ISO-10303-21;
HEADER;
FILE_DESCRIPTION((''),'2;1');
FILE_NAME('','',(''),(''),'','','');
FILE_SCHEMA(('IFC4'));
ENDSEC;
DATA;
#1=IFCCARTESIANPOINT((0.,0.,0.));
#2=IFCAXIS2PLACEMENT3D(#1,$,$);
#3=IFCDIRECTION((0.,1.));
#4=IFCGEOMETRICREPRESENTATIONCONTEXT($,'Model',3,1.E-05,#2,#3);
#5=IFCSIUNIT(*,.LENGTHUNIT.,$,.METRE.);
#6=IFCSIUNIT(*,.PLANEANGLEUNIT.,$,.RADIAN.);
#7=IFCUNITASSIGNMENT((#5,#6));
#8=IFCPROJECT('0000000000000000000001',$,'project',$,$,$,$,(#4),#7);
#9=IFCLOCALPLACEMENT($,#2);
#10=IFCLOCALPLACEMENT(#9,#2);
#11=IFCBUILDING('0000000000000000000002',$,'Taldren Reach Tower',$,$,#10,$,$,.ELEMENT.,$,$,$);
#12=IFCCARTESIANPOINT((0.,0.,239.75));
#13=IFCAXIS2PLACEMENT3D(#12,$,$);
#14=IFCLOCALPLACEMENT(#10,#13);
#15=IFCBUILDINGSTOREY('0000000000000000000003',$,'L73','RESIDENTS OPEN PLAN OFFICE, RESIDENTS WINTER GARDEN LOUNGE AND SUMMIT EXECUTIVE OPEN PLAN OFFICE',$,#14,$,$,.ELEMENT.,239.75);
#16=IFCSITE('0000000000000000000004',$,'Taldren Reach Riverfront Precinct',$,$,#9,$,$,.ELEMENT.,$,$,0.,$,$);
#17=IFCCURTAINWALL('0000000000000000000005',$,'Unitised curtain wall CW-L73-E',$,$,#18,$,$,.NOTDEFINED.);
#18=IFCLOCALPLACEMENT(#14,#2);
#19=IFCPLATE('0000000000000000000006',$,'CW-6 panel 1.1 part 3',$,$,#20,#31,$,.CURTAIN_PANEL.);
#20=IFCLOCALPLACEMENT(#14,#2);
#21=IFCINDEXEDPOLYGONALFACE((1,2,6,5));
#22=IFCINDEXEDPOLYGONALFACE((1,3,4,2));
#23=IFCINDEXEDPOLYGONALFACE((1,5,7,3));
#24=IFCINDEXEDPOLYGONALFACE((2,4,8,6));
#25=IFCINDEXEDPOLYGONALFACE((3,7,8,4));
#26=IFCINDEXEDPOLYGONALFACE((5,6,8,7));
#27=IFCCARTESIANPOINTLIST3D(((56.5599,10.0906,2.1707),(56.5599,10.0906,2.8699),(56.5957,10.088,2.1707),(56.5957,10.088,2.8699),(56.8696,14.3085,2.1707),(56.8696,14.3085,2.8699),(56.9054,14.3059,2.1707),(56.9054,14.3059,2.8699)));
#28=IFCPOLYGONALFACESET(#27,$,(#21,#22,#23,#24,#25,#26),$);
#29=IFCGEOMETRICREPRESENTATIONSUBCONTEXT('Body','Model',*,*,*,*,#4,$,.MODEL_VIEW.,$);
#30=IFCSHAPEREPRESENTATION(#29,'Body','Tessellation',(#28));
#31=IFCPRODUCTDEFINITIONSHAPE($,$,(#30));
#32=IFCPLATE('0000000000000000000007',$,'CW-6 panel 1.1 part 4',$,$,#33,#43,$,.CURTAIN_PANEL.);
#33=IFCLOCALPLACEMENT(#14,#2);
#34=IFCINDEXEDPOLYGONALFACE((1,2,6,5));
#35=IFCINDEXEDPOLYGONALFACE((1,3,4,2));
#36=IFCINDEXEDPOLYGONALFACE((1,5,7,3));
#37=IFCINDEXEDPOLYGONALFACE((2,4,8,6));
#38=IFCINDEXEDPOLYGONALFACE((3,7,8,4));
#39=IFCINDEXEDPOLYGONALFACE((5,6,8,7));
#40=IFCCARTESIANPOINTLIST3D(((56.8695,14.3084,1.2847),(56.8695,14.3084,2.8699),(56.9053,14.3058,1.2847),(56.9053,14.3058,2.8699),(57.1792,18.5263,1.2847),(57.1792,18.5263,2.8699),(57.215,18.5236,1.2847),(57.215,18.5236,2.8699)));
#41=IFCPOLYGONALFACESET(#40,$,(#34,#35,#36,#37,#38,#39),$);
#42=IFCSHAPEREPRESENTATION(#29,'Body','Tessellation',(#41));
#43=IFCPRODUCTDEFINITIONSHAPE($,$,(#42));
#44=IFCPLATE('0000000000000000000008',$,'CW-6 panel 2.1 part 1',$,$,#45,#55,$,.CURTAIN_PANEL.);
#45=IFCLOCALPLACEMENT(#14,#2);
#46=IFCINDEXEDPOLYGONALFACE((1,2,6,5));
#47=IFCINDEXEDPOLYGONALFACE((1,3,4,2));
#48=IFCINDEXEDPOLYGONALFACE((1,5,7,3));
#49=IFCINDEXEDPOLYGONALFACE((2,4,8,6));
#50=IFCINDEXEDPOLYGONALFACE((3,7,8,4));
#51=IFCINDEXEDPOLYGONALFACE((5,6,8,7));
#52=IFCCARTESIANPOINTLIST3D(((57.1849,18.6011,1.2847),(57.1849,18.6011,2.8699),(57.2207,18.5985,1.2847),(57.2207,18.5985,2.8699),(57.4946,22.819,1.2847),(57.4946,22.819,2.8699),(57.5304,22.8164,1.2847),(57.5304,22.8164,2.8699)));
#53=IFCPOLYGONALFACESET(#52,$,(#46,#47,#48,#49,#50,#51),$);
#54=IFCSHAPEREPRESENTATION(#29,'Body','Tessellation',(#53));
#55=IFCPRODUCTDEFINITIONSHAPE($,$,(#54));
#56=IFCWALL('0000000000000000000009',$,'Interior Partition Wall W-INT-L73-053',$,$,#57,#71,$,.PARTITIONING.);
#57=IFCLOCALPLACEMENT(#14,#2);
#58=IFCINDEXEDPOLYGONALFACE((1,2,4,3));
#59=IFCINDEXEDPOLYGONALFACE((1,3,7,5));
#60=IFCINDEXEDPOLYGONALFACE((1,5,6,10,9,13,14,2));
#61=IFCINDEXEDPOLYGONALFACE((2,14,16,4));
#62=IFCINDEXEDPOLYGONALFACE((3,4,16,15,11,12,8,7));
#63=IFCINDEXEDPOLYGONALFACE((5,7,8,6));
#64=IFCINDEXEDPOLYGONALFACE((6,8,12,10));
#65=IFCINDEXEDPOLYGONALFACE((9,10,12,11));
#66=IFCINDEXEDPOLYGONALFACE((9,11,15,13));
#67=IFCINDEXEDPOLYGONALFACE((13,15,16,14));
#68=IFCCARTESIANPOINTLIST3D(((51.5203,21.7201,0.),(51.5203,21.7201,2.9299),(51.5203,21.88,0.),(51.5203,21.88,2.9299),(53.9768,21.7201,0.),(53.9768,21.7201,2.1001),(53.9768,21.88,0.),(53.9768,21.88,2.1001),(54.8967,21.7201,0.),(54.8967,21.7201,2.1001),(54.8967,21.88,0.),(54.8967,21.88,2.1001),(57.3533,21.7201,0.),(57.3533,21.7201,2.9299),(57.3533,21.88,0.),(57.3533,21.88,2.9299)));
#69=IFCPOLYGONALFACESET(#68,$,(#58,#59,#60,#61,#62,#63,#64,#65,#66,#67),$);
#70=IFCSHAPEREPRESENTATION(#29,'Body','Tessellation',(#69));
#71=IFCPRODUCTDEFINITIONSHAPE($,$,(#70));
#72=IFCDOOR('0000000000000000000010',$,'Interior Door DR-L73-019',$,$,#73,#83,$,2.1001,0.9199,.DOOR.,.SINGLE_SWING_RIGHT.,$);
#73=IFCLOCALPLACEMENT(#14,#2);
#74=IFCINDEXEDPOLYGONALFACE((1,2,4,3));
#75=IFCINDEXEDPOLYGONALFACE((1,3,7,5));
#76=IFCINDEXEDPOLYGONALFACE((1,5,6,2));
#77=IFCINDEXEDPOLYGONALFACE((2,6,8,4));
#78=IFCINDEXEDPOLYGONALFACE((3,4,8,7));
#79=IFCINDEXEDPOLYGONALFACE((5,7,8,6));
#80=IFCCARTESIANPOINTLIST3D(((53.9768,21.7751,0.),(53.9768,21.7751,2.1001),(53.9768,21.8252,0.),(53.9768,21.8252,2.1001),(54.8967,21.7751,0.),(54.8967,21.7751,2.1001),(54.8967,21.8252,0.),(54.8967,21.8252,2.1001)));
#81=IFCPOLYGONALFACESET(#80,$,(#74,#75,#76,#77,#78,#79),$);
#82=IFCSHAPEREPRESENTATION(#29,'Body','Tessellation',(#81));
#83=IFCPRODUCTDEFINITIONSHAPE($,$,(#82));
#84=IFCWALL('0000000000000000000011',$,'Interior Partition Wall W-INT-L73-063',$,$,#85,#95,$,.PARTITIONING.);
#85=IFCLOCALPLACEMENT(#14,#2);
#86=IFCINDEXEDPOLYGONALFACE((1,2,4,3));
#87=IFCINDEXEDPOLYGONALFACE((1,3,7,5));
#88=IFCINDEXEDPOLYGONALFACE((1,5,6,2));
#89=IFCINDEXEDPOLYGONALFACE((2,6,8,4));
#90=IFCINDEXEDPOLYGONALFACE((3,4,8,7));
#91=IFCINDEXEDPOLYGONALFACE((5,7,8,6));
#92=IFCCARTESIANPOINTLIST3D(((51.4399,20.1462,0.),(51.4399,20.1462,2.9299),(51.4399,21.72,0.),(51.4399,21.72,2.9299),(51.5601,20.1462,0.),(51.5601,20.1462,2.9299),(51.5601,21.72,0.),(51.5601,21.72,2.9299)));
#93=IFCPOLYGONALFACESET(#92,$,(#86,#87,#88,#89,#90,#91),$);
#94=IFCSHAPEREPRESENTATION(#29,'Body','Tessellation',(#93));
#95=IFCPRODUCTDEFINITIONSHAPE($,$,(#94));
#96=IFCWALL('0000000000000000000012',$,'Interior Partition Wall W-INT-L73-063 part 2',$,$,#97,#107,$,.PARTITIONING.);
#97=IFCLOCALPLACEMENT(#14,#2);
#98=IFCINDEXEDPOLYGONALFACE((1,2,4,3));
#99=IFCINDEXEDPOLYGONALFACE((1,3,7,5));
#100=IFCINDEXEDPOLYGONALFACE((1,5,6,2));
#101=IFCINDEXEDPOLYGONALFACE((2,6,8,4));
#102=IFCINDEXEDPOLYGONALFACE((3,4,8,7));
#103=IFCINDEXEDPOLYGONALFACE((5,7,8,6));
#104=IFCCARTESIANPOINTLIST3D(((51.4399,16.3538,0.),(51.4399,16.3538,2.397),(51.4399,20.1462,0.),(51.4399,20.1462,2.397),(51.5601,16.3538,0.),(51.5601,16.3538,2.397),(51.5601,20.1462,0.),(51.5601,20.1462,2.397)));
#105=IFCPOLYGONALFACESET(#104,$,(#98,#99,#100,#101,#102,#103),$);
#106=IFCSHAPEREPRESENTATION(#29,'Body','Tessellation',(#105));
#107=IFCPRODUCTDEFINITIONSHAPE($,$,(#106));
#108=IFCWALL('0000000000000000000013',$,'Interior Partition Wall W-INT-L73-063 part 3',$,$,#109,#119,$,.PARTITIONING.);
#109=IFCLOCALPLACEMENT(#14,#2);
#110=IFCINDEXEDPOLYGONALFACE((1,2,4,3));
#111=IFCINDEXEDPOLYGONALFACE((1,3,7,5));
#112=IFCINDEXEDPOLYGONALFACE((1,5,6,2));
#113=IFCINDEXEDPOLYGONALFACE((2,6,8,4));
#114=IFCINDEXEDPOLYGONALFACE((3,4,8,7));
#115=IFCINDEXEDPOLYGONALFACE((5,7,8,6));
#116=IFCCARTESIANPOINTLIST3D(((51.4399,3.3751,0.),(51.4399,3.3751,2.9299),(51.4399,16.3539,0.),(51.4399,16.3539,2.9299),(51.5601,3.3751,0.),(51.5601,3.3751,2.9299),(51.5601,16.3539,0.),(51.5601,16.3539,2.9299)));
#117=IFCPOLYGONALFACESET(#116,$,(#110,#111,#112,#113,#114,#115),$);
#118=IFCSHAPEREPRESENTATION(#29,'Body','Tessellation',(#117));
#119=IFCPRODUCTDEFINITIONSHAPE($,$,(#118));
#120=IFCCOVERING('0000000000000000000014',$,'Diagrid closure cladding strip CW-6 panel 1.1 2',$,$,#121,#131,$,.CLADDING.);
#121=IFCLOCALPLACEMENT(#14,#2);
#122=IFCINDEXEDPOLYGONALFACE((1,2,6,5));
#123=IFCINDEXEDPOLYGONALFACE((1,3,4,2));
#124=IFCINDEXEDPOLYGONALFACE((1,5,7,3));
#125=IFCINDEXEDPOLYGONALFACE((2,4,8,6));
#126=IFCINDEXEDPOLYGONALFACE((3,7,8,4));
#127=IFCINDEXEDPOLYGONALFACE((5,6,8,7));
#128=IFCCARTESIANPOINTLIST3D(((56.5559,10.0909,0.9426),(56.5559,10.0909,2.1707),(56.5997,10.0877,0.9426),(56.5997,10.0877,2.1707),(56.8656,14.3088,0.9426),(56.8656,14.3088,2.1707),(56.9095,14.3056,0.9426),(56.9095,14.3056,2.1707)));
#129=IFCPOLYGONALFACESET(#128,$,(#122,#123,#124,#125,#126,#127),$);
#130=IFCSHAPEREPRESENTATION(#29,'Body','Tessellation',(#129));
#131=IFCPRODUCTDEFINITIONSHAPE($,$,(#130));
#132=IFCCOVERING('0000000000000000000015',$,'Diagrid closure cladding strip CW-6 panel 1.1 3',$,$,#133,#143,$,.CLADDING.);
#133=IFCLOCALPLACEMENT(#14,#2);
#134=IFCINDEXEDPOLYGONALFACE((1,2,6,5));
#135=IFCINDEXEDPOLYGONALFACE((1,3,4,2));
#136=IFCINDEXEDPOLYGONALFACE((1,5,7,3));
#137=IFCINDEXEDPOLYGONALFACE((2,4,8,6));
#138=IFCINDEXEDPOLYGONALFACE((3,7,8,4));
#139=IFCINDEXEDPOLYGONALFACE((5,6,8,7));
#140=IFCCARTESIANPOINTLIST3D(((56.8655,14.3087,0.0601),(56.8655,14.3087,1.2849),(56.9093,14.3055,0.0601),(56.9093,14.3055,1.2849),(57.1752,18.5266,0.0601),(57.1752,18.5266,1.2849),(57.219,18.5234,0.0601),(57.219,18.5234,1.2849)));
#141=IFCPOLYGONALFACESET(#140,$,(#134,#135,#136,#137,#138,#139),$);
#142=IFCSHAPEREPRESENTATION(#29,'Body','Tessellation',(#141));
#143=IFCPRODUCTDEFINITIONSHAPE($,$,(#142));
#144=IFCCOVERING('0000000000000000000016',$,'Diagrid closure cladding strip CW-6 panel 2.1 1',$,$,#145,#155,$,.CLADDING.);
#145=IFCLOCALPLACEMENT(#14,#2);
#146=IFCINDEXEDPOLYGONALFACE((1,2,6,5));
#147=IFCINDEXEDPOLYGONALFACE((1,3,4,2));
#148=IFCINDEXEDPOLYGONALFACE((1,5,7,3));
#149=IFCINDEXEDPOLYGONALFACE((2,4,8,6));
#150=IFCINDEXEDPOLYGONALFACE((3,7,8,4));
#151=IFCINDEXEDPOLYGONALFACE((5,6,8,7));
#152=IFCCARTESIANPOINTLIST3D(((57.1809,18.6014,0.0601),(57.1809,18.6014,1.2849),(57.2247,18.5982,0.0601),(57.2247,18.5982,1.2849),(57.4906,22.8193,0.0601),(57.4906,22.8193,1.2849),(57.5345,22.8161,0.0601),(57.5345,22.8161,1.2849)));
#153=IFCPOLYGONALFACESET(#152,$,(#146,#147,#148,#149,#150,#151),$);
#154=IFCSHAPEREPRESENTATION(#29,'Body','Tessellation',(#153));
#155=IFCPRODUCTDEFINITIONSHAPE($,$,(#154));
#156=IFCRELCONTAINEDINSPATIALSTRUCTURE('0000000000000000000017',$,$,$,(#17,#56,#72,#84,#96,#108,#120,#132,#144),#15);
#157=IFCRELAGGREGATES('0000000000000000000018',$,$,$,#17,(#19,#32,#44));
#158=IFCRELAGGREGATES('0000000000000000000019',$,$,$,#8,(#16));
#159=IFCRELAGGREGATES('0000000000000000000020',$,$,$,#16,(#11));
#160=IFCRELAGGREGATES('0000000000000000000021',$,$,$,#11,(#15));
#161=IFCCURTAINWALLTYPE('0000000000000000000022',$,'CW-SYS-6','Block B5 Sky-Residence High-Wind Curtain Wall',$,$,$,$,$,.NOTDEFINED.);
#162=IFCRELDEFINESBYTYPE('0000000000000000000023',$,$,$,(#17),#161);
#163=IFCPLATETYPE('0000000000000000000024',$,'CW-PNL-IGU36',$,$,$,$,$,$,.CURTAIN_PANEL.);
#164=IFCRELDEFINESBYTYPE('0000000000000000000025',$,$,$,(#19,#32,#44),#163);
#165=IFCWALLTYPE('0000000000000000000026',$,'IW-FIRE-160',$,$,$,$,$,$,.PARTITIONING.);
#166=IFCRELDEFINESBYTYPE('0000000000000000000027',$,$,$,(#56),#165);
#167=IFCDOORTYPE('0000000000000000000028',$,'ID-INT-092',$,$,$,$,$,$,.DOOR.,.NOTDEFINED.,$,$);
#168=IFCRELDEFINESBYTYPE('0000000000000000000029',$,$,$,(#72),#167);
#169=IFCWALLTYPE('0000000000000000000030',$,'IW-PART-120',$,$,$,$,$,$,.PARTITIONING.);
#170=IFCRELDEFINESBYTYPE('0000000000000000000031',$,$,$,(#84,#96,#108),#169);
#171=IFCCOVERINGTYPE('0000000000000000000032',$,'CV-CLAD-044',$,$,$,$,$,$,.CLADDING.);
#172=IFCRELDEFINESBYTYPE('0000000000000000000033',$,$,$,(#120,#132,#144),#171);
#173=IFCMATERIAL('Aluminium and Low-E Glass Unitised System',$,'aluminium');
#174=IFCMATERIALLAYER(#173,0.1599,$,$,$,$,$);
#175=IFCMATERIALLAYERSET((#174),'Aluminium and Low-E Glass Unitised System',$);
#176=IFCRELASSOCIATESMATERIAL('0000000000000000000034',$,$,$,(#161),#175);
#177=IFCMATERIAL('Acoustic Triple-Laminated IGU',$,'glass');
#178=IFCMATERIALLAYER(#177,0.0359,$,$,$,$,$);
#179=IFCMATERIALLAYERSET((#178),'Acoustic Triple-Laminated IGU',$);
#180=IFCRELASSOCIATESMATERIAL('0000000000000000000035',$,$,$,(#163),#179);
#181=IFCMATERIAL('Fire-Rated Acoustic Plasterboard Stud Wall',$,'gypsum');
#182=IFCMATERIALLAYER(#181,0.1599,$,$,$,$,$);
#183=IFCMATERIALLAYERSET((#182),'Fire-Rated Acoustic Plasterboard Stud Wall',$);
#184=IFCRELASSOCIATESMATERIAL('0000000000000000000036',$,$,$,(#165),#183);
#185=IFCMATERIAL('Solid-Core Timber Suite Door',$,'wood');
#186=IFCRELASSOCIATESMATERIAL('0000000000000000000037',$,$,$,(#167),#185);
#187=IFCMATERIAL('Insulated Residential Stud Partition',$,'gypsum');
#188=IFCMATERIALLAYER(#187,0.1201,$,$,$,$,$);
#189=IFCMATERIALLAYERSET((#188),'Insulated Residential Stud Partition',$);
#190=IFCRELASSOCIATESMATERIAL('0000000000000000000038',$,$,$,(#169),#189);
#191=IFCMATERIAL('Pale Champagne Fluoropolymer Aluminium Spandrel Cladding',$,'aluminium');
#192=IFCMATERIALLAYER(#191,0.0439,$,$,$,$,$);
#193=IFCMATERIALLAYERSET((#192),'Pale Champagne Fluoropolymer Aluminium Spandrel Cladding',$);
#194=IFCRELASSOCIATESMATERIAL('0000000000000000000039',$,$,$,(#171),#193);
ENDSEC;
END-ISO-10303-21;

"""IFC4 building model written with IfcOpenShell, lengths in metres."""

from ifc_helpers import new_model, si_unit, direction, frame, frame_2d, origin, origin_2d, place, context, subcontext, project, spatial, rectangle, extrude, source, transform, mapped, material, layer, layer_set, type_object, element, fill, aggregate, save


model = new_model("IFC4")

# Units and contexts
model_context = context("Model", 3, precision=1e-05, world=origin(), true_north=direction((0.0, 1.0)))
body_context = subcontext(model_context, "Body", "Model", "MODEL_VIEW")
ifc_project = project(units=[si_unit("LENGTHUNIT", "METRE"), si_unit("PLANEANGLEUNIT", "RADIAN")], contexts=[model_context])

# Site, building, storey
site_placement = place(None, origin())
site = spatial("IfcSite", under=ifc_project, at=site_placement, Name="Taldren Reach Riverfront Precinct", CompositionType="ELEMENT", RefElevation=0.0)
building_placement = place(site_placement, origin())
building = spatial("IfcBuilding", under=site, at=building_placement, Name="Taldren Reach Tower", CompositionType="ELEMENT")
storey_placement = place(building_placement, frame((0.0, 0.0, 239.75)))
storey = spatial("IfcBuildingStorey", under=building, at=storey_placement, Name="L73", Description="RESIDENTS OPEN PLAN OFFICE, RESIDENTS WINTER GARDEN LOUNGE AND SUMMIT EXECUTIVE OPEN PLAN OFFICE", CompositionType="ELEMENT", Elevation=239.75)

# Curtain wall
ifc_material_1 = material(Name="Aluminium and Low-E Glass Unitised System", Category="aluminium")
ifc_layer_1 = layer(ifc_material_1, 0.1599)
ifc_layer_set_1 = layer_set([ifc_layer_1], Name="Aluminium and Low-E Glass Unitised System")
curtain_wall_type = type_object("IfcCurtainWallType", Name="CW-SYS-6", Description="Block B5 Sky-Residence High-Wind Curtain Wall", PredefinedType="NOTDEFINED", material=ifc_layer_set_1)
curtain_wall_placement = place(storey_placement, origin())
curtain_wall = element("IfcCurtainWall", 1, at=curtain_wall_placement, inside=storey, type_object=curtain_wall_type, Name="Unitised curtain wall CW-L73-E", PredefinedType="NOTDEFINED")

# Plates
ifc_material_2 = material(Name="Acoustic Triple-Laminated IGU", Category="glass")
ifc_layer_2 = layer(ifc_material_2, 0.0359)
ifc_layer_set_2 = layer_set([ifc_layer_2], Name="Acoustic Triple-Laminated IGU")
plate_type_1 = type_object("IfcPlateType", Name="CW-PNL-IGU36", PredefinedType="CURTAIN_PANEL", material=ifc_layer_set_2)
shared_shape_1 = source(origin(), body_context, "Body", "SweptSolid", [
    extrude(rectangle(XDim=4.2292, YDim=0.0359, at=origin_2d()), origin(), (0.0, 0.0, 1.0), 0.6992),
])
plate_1_placement = place(storey_placement, frame((56.7327, 12.1982, 2.1707), z_axis=(0.0, 0.0, 1.0), x_axis=(0.073238, 0.997314, 0.0)))
plate_1 = element("IfcPlate", 2, at=plate_1_placement, type_object=plate_type_1, Name="CW-6 panel 1.1 part 3", PredefinedType="CURTAIN_PANEL", context=body_context, shape_type="MappedRepresentation", body=[
    mapped(shared_shape_1, transform((0.0, 0.0, 0.0), scale=1.0)),
])
shared_shape_2 = source(origin(), body_context, "Body", "SweptSolid", [
    extrude(rectangle(XDim=4.2292, YDim=0.0359, at=origin_2d()), origin(), (0.0, 0.0, 1.0), 1.5852),
])
plate_2_placement = place(storey_placement, frame((57.0422, 16.416, 1.2847), z_axis=(0.0, 0.0, 1.0), x_axis=(0.073238, 0.997314, 0.0)))
plate_2 = element("IfcPlate", 3, at=plate_2_placement, type_object=plate_type_1, Name="CW-6 panel 1.1 part 4", PredefinedType="CURTAIN_PANEL", context=body_context, shape_type="MappedRepresentation", body=[
    mapped(shared_shape_2, transform((0.0, 0.0, 0.0), scale=1.0)),
])
plate_3_placement = place(storey_placement, frame((57.3577, 20.7087, 1.2847), z_axis=(0.0, 0.0, 1.0), x_axis=(0.073238, 0.997314, 0.0)))
plate_3 = element("IfcPlate", 4, at=plate_3_placement, type_object=plate_type_1, Name="CW-6 panel 2.1 part 1", PredefinedType="CURTAIN_PANEL", context=body_context, shape_type="MappedRepresentation", body=[
    mapped(shared_shape_2, transform((0.0, 0.0, 0.0), scale=1.0)),
])
aggregate(curtain_wall, [plate_1, plate_2, plate_3])

# Wall, opening, door
ifc_material_3 = material(Name="Fire-Rated Acoustic Plasterboard Stud Wall", Category="gypsum")
ifc_layer_3 = layer(ifc_material_3, 0.1599)
ifc_layer_set_3 = layer_set([ifc_layer_3], Name="Fire-Rated Acoustic Plasterboard Stud Wall")
wall_type_1 = type_object("IfcWallType", Name="IW-FIRE-160", PredefinedType="PARTITIONING", material=ifc_layer_set_3)
shared_shape_3 = source(origin(), body_context, "Body", "SweptSolid", [
    extrude(rectangle(XDim=5.833, YDim=0.1599, at=frame_2d((2.9165, 0.0))), origin(), (0.0, 0.0, 1.0), 2.9299),
])
wall_1_placement = place(storey_placement, frame((57.3533, 21.8, 0.0), z_axis=(0.0, 0.0, 1.0), x_axis=(-1.0, 0.0, 0.0)))
wall_1 = element("IfcWall", 5, at=wall_1_placement, inside=storey, type_object=wall_type_1, Name="Interior Partition Wall W-INT-L73-053", PredefinedType="PARTITIONING", context=body_context, shape_type="MappedRepresentation", body=[
    mapped(shared_shape_3, transform((0.0, 0.0, 0.0), scale=1.0)),
])
shared_shape_4 = source(origin(), body_context, "Body", "SweptSolid", [
    extrude(rectangle(XDim=0.9199, YDim=2.1001, at=frame_2d((0.46, 1.05))), frame((0.0, 0.0898, 0.0), z_axis=(0.0, -1.0, 0.0), x_axis=(1.0, 0.0, 0.0)), (0.0, 0.0, 1.0), 0.1799),
])
opening_placement = place(wall_1_placement, frame((2.4565, 0.0, 0.0)))
opening = element("IfcOpeningElement", 6, at=opening_placement, cuts=wall_1, PredefinedType="OPENING", context=body_context, shape_type="MappedRepresentation", body=[
    mapped(shared_shape_4, transform((0.0, 0.0, 0.0), scale=1.0)),
])
ifc_material_4 = material(Name="Solid-Core Timber Suite Door", Category="wood")
door_type = type_object("IfcDoorType", Name="ID-INT-092", OperationType="NOTDEFINED", PredefinedType="DOOR", material=ifc_material_4)
shared_shape_5 = source(origin(), body_context, "Body", "SweptSolid", [
    extrude(rectangle(XDim=0.9199, YDim=2.1001, at=frame_2d((0.46, 1.05))), frame((0.0, 0.0249, 0.0), z_axis=(0.0, -1.0, 0.0), x_axis=(1.0, 0.0, 0.0)), (0.0, 0.0, 1.0), 0.05),
])
door_placement = place(opening_placement, origin())
door = element("IfcDoor", 7, at=door_placement, inside=storey, type_object=door_type, Name="Interior Door DR-L73-019", OperationType="SINGLE_SWING_RIGHT", OverallHeight=2.1001, OverallWidth=0.9199, PredefinedType="DOOR", context=body_context, shape_type="MappedRepresentation", body=[
    mapped(shared_shape_5, transform((0.0, 0.0, 0.0), scale=1.0)),
])
fill(opening, door)

# Walls
ifc_material_5 = material(Name="Insulated Residential Stud Partition", Category="gypsum")
ifc_layer_4 = layer(ifc_material_5, 0.1201)
ifc_layer_set_4 = layer_set([ifc_layer_4], Name="Insulated Residential Stud Partition")
wall_type_2 = type_object("IfcWallType", Name="IW-PART-120", PredefinedType="PARTITIONING", material=ifc_layer_set_4)
shared_shape_6 = source(origin(), body_context, "Body", "SweptSolid", [
    extrude(rectangle(XDim=1.5737, YDim=0.1201, at=frame_2d((0.7869, 0.0))), origin(), (0.0, 0.0, 1.0), 2.9299),
])
wall_2_placement = place(storey_placement, frame((51.5, 21.72, 0.0), z_axis=(0.0, 0.0, 1.0), x_axis=(0.0, -1.0, 0.0)))
element("IfcWall", 8, at=wall_2_placement, inside=storey, type_object=wall_type_2, Name="Interior Partition Wall W-INT-L73-063", PredefinedType="PARTITIONING", context=body_context, shape_type="MappedRepresentation", body=[
    mapped(shared_shape_6, transform((0.0, 0.0, 0.0), scale=1.0)),
])
shared_shape_7 = source(origin(), body_context, "Body", "SweptSolid", [
    extrude(rectangle(XDim=3.7925, YDim=0.1201, at=frame_2d((1.8962, 0.0))), origin(), (0.0, 0.0, 1.0), 2.397),
])
wall_3_placement = place(storey_placement, frame((51.5, 20.1462, 0.0), z_axis=(0.0, 0.0, 1.0), x_axis=(0.0, -1.0, 0.0)))
element("IfcWall", 9, at=wall_3_placement, inside=storey, type_object=wall_type_2, Name="Interior Partition Wall W-INT-L73-063 part 2", PredefinedType="PARTITIONING", context=body_context, shape_type="MappedRepresentation", body=[
    mapped(shared_shape_7, transform((0.0, 0.0, 0.0), scale=1.0)),
])
shared_shape_8 = source(origin(), body_context, "Body", "SweptSolid", [
    extrude(rectangle(XDim=12.9788, YDim=0.1201, at=frame_2d((6.4893, 0.0))), origin(), (0.0, 0.0, 1.0), 2.9299),
])
wall_4_placement = place(storey_placement, frame((51.5, 16.3538, 0.0), z_axis=(0.0, 0.0, 1.0), x_axis=(0.0, -1.0, 0.0)))
element("IfcWall", 10, at=wall_4_placement, inside=storey, type_object=wall_type_2, Name="Interior Partition Wall W-INT-L73-063 part 3", PredefinedType="PARTITIONING", context=body_context, shape_type="MappedRepresentation", body=[
    mapped(shared_shape_8, transform((0.0, 0.0, 0.0), scale=1.0)),
])

# Coverings
ifc_material_6 = material(Name="Pale Champagne Fluoropolymer Aluminium Spandrel Cladding", Category="aluminium")
ifc_layer_5 = layer(ifc_material_6, 0.0439)
ifc_layer_set_5 = layer_set([ifc_layer_5], Name="Pale Champagne Fluoropolymer Aluminium Spandrel Cladding")
covering_type = type_object("IfcCoveringType", Name="CV-CLAD-044", PredefinedType="CLADDING", material=ifc_layer_set_5)
shared_shape_9 = source(origin(), body_context, "Body", "SweptSolid", [
    extrude(rectangle(XDim=4.2292, YDim=0.0439, at=origin_2d()), origin(), (0.0, 0.0, 1.0), 1.228),
])
covering_placement = place(storey_placement, frame((56.7327, 12.1982, 0.9426), z_axis=(0.0, 0.0, 1.0), x_axis=(0.073238, 0.997314, 0.0)))
element("IfcCovering", 11, at=covering_placement, inside=storey, type_object=covering_type, Name="Diagrid closure cladding strip CW-6 panel 1.1 2", PredefinedType="CLADDING", context=body_context, shape_type="MappedRepresentation", body=[
    mapped(shared_shape_9, transform((0.0, 0.0, 0.0), scale=1.0)),
])
shared_shape_10 = source(origin(), body_context, "Body", "SweptSolid", [
    extrude(rectangle(XDim=4.2292, YDim=0.0439, at=origin_2d()), origin(), (0.0, 0.0, 1.0), 1.2249),
])
for number, where, z_axis, x_axis, name in (
    (12, (57.0422, 16.416, 0.0601), (0.0, 0.0, 1.0), (0.073238, 0.997314, 0.0), "Diagrid closure cladding strip CW-6 panel 1.1 3"),
    (13, (57.3577, 20.7087, 0.0601), (0.0, 0.0, 1.0), (0.073238, 0.997314, 0.0), "Diagrid closure cladding strip CW-6 panel 2.1 1"),
):
    element("IfcCovering", number, at=place(storey_placement, frame(where, z_axis=z_axis, x_axis=x_axis)), inside=storey, type_object=covering_type, Name=name, PredefinedType="CLADDING", context=body_context, shape_type="MappedRepresentation", body=[
        mapped(shared_shape_10, transform((0.0, 0.0, 0.0), scale=1.0)),
    ])

save(model, "model.ifc")
